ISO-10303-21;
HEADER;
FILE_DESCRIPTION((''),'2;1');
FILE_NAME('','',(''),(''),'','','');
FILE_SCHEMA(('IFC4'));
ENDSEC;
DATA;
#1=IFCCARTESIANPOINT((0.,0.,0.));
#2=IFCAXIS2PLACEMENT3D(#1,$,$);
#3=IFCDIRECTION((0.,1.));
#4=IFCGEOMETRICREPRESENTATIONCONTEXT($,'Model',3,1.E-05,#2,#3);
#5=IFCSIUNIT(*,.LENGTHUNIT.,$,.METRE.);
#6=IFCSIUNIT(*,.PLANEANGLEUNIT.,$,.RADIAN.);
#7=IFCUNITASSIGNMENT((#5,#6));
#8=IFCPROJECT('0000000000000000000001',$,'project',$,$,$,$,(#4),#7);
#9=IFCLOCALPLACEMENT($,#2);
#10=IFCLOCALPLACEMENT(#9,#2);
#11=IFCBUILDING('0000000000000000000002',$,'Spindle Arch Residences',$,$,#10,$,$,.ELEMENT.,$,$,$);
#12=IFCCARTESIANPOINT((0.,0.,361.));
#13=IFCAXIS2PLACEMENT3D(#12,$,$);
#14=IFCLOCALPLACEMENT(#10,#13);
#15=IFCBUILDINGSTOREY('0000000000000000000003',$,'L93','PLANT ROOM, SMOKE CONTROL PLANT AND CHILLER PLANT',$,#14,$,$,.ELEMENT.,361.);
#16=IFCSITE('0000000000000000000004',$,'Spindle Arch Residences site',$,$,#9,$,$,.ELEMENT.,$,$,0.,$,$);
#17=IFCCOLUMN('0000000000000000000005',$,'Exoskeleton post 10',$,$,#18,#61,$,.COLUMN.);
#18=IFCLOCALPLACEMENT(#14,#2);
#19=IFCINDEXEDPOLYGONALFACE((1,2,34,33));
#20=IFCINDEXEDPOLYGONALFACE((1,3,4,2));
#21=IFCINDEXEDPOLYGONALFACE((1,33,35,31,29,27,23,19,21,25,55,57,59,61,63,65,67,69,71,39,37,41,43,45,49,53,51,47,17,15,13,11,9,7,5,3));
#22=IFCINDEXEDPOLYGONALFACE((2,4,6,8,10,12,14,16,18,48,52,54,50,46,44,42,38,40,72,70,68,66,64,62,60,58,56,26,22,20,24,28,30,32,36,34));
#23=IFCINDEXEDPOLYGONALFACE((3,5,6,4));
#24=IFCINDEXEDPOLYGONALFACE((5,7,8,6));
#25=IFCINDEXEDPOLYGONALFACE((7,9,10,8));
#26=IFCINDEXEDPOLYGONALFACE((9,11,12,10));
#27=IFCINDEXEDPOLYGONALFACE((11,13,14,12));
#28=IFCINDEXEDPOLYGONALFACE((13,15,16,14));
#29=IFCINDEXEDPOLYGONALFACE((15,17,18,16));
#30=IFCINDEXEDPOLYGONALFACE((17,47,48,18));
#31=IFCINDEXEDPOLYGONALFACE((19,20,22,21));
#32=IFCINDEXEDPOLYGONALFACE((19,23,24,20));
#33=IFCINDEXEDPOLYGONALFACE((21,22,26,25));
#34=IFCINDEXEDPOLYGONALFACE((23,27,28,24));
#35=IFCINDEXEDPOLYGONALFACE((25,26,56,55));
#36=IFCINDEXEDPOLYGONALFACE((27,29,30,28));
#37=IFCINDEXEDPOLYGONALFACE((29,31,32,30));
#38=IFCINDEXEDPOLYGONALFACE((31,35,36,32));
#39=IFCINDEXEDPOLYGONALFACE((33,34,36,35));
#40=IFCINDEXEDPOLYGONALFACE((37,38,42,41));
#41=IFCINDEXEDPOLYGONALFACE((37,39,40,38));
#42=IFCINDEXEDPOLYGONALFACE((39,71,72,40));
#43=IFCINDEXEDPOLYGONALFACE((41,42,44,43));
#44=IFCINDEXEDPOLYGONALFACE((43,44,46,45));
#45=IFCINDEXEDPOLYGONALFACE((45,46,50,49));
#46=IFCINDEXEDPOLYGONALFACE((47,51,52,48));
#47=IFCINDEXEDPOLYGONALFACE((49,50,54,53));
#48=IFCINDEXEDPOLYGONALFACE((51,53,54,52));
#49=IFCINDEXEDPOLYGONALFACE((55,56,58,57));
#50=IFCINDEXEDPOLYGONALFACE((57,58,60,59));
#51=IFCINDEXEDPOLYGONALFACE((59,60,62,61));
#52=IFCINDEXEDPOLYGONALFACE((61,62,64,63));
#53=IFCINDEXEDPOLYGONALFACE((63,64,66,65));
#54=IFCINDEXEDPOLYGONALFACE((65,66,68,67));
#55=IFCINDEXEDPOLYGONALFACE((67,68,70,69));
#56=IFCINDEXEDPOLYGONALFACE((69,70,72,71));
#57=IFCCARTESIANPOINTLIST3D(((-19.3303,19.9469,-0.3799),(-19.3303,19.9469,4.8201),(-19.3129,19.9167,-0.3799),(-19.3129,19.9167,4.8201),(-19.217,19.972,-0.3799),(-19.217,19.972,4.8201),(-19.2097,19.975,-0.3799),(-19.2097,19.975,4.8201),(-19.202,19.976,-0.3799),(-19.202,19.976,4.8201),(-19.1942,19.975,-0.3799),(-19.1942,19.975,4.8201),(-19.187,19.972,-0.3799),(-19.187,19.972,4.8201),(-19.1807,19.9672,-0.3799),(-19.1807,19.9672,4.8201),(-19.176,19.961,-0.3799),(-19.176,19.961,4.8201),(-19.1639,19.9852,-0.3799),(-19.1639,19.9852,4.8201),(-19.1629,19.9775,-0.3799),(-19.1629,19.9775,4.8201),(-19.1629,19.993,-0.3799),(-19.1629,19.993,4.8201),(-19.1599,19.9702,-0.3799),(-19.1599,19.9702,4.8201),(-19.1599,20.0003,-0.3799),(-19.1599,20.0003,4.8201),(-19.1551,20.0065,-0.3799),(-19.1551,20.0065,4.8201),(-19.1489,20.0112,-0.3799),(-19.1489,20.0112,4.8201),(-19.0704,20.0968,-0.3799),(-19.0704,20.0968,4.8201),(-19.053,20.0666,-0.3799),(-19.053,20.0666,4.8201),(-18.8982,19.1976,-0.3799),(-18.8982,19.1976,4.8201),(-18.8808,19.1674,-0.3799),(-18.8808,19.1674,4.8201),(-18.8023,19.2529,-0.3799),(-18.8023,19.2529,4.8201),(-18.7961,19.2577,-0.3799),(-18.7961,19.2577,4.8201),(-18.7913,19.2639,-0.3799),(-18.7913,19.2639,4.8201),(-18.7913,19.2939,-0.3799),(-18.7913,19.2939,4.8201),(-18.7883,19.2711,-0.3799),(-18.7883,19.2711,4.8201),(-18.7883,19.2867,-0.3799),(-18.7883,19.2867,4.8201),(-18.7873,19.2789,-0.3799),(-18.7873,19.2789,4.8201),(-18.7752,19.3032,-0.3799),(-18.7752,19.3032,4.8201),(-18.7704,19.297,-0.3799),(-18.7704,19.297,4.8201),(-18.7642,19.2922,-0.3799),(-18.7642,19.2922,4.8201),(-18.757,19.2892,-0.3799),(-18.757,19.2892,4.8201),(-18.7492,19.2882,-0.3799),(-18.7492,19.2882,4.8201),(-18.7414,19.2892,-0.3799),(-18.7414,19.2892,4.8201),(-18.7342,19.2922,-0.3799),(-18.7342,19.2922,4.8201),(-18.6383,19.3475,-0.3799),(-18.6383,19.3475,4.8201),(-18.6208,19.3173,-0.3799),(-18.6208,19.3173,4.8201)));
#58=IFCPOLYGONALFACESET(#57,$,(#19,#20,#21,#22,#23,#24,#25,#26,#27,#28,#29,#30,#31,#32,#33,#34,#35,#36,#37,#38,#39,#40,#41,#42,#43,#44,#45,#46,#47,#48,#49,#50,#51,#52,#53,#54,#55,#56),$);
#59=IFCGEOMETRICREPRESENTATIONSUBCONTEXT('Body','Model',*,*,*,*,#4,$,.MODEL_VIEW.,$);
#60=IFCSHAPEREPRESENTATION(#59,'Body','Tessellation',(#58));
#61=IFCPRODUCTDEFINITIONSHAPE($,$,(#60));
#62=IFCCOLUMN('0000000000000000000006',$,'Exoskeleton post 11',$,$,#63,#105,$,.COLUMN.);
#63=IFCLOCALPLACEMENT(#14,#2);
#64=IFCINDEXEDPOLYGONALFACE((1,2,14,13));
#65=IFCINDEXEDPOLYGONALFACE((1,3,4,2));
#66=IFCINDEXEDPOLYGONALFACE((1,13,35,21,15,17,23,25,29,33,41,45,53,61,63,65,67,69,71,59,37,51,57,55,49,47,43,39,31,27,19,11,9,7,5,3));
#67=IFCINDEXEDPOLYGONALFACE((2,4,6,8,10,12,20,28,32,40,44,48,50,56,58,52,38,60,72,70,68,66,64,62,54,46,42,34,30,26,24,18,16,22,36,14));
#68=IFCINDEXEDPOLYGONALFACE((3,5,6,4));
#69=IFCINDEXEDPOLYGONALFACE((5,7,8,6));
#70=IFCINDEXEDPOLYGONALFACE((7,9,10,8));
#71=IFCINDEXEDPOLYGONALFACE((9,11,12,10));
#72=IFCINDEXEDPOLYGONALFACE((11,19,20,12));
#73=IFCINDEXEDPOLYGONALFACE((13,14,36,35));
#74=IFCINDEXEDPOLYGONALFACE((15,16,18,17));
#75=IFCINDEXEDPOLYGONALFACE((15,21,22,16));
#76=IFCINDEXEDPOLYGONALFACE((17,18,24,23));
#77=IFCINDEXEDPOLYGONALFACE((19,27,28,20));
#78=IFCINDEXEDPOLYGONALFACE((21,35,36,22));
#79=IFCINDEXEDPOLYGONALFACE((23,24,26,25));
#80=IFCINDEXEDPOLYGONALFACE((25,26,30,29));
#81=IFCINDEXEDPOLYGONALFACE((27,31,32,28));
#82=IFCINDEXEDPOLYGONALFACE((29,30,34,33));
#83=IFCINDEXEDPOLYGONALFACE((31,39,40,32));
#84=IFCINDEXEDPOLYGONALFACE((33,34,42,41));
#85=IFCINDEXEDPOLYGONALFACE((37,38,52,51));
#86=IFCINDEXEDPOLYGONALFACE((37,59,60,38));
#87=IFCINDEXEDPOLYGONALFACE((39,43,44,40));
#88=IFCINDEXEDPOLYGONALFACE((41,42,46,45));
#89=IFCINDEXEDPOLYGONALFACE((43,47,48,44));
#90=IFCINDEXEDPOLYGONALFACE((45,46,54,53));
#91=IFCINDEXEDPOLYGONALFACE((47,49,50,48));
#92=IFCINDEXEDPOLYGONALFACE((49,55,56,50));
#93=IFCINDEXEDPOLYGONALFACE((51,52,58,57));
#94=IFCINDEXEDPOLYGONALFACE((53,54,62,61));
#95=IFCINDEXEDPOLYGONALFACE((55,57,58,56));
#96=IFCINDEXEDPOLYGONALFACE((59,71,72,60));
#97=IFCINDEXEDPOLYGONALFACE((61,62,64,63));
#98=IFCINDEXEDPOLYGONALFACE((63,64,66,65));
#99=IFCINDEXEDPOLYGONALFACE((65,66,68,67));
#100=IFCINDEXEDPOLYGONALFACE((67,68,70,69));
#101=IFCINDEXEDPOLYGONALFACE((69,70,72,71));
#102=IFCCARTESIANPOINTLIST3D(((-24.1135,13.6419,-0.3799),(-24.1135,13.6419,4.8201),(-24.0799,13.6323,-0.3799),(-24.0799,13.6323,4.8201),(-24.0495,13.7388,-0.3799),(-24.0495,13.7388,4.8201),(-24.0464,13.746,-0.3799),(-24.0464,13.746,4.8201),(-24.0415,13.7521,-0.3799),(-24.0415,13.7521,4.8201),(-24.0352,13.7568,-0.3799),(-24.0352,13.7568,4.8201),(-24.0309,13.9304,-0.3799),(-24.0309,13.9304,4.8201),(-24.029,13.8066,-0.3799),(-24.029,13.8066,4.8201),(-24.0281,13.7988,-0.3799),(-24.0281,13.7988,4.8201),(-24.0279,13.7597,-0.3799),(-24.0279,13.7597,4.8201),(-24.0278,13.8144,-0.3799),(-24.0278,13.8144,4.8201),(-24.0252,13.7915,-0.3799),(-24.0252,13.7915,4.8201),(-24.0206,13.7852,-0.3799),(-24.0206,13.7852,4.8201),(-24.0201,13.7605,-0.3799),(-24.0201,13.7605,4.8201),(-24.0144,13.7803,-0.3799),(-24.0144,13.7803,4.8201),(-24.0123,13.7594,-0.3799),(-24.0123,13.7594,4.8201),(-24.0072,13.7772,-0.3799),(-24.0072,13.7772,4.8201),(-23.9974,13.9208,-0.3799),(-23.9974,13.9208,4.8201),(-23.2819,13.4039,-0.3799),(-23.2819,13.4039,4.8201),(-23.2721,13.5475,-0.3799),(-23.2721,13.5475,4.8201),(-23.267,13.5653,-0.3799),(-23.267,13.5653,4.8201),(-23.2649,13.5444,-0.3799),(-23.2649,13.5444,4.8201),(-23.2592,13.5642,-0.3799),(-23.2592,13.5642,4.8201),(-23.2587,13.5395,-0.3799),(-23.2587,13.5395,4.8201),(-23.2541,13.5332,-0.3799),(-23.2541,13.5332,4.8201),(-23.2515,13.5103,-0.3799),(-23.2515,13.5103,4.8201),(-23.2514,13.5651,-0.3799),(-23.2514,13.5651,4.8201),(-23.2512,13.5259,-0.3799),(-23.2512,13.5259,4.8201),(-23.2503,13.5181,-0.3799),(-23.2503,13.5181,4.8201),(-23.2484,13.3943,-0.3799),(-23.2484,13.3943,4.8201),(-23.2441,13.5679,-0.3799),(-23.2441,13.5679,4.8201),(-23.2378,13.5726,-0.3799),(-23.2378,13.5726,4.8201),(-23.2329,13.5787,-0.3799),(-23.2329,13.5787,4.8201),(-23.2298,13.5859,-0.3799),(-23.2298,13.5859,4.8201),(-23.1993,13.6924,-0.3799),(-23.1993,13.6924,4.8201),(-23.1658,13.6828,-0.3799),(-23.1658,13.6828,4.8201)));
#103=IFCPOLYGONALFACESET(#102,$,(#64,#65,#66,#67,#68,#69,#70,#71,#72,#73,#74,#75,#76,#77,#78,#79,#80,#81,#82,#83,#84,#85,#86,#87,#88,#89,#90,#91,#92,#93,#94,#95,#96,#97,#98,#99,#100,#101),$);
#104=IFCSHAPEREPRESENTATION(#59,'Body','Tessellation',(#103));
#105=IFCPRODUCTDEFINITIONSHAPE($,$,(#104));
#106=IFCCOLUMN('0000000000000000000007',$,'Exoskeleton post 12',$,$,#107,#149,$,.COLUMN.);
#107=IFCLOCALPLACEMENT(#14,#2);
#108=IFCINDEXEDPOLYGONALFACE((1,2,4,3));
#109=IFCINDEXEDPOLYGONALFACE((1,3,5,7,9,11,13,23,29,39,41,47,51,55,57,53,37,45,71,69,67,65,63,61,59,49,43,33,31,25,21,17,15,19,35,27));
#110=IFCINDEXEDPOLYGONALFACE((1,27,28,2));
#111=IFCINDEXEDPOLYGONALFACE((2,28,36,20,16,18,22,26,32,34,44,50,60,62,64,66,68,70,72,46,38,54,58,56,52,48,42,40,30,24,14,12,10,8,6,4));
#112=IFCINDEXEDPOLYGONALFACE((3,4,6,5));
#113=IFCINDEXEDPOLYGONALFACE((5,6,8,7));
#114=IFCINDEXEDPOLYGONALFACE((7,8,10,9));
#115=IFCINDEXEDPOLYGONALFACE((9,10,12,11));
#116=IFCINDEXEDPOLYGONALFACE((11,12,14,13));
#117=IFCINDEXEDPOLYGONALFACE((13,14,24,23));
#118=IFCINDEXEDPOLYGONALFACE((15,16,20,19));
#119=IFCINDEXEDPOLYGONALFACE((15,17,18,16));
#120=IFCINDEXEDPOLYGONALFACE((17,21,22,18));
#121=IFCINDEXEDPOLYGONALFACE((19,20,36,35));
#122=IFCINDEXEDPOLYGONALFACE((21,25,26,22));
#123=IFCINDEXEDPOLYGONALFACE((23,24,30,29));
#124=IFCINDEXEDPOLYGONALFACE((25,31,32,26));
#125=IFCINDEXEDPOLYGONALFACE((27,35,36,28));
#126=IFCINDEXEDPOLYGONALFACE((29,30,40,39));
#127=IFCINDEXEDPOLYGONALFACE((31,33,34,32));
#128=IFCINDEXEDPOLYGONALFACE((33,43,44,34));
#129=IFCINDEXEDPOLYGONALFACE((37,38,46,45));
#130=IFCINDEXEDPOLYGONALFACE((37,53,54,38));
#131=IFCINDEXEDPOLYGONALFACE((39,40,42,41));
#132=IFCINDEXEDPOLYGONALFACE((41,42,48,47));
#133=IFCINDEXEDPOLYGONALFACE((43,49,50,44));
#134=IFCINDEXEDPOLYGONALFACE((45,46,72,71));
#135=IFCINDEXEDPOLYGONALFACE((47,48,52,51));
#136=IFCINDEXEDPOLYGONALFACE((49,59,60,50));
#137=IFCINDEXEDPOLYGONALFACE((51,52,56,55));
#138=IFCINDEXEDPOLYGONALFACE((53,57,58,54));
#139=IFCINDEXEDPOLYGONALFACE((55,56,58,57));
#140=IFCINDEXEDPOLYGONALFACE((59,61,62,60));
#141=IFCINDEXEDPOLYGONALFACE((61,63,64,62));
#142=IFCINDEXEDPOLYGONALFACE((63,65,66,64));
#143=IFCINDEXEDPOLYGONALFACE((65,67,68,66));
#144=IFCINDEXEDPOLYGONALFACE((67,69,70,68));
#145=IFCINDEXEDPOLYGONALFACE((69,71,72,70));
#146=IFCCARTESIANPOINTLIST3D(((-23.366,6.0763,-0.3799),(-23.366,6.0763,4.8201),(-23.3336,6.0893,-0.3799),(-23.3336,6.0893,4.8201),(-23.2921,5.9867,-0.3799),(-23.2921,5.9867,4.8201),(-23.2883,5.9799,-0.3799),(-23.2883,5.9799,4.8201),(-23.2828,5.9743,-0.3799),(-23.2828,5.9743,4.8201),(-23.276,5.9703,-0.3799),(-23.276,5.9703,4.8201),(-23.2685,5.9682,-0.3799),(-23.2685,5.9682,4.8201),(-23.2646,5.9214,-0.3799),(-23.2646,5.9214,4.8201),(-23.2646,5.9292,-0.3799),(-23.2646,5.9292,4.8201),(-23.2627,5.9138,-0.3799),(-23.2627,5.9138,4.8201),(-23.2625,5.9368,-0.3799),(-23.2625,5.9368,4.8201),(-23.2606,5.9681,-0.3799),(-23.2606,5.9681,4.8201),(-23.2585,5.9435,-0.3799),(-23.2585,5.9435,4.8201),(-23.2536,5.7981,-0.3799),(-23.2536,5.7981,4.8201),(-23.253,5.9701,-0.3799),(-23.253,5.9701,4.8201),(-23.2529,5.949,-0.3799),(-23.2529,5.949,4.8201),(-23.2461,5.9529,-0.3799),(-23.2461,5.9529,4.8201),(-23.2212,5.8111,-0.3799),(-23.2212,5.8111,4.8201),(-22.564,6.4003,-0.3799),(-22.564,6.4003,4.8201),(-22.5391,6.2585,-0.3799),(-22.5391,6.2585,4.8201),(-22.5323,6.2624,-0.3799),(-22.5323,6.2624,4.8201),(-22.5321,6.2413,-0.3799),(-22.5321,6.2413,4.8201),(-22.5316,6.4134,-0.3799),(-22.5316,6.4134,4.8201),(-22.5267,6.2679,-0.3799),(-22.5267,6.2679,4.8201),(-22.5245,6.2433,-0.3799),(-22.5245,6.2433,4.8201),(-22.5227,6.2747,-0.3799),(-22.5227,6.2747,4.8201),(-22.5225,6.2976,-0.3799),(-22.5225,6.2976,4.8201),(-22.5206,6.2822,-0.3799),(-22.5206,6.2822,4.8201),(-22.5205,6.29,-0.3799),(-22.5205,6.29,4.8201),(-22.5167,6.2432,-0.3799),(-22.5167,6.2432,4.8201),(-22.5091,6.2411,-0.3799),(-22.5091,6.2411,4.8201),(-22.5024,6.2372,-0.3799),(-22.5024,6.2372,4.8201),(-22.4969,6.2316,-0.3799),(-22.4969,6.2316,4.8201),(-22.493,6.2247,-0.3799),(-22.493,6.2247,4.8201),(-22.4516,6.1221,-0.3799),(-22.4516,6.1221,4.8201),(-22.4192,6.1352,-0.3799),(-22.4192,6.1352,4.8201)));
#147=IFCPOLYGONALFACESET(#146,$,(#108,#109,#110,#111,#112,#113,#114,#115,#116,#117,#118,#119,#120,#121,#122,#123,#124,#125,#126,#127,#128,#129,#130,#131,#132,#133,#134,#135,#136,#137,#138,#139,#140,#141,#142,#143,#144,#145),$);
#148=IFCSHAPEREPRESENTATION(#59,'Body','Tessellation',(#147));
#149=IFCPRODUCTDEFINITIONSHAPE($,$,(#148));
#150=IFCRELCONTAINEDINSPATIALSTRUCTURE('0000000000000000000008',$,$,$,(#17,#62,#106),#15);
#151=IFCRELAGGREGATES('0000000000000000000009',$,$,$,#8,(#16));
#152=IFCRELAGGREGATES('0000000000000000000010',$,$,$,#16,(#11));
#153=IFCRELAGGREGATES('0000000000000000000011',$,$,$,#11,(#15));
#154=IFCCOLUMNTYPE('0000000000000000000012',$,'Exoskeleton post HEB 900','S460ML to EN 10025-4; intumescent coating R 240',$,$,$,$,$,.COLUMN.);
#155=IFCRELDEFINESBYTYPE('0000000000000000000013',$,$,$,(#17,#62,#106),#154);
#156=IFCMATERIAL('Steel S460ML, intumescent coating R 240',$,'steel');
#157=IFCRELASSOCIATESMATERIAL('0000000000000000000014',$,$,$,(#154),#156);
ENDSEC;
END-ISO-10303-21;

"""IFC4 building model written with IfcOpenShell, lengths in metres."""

from ifc_helpers import new_model, si_unit, direction, frame, origin, origin_2d, place, context, subcontext, project, spatial, i_section, extrude, material, material_profile, profile_set, type_object, element, save


model = new_model("IFC4")

# Units and contexts
model_context = context("Model", 3, precision=1e-05, world=origin(), true_north=direction((0.0, 1.0)))
body_context = subcontext(model_context, "Body", "Model", "MODEL_VIEW")
ifc_project = project(units=[si_unit("LENGTHUNIT", "METRE"), si_unit("PLANEANGLEUNIT", "RADIAN")], contexts=[model_context])

# Site, building, storey
site_placement = place(None, origin())
site = spatial("IfcSite", under=ifc_project, at=site_placement, Name="Spindle Arch Residences site", CompositionType="ELEMENT", RefElevation=0.0)
building_placement = place(site_placement, origin())
building = spatial("IfcBuilding", under=site, at=building_placement, Name="Spindle Arch Residences", CompositionType="ELEMENT")
storey_placement = place(building_placement, frame((0.0, 0.0, 361.0)))
storey = spatial("IfcBuildingStorey", under=building, at=storey_placement, Name="L93", Description="PLANT ROOM, SMOKE CONTROL PLANT AND CHILLER PLANT", CompositionType="ELEMENT", Elevation=361.0)

# Columns
ifc_material_1 = material(Name="Steel S460ML, intumescent coating R 240", Category="steel")
ifc_material_profile_1 = material_profile(ifc_material_1, i_section(OverallWidth=0.3, OverallDepth=0.8999, WebThickness=0.0186, FlangeThickness=0.0349, FilletRadius=0.03, at=origin_2d()), Name="HEB 900")
ifc_profile_set_1 = profile_set([ifc_material_profile_1], Name="Steel S460ML, intumescent coating R 240")
column_type_1 = type_object("IfcColumnType", Name="Exoskeleton post HEB 900", Description="S460ML to EN 10025-4; intumescent coating R 240", PredefinedType="COLUMN", material=ifc_profile_set_1)
for number, where, z_axis, x_axis, name in (
    (1, (-18.9756, 19.6321, -0.3799), (0.0, 0.0, 1.0), (0.866257, 0.499599, 0.0), "Exoskeleton post 10"),
    (2, (-23.6396, 13.6624, -0.3799), (0.0, 0.0, 1.0), (0.275193, 0.961389, 0.0), "Exoskeleton post 11"),
    (3, (-22.8926, 6.1057, -0.3799), (0.0, 0.0, 1.0), (-0.374607, 0.927184, 0.0), "Exoskeleton post 12"),
):
    element("IfcColumn", number, at=place(storey_placement, frame(where, z_axis=z_axis, x_axis=x_axis)), inside=storey, type_object=column_type_1, Name=name, PredefinedType="COLUMN", context=body_context, shape_type="SweptSolid", body=[
        extrude(i_section(OverallWidth=0.3, OverallDepth=0.8999, WebThickness=0.0186, FlangeThickness=0.0349, FilletRadius=0.03, at=origin_2d()), origin(), (0.0, 0.0, 1.0), 5.2),
    ])

save(model, "model.ifc")
